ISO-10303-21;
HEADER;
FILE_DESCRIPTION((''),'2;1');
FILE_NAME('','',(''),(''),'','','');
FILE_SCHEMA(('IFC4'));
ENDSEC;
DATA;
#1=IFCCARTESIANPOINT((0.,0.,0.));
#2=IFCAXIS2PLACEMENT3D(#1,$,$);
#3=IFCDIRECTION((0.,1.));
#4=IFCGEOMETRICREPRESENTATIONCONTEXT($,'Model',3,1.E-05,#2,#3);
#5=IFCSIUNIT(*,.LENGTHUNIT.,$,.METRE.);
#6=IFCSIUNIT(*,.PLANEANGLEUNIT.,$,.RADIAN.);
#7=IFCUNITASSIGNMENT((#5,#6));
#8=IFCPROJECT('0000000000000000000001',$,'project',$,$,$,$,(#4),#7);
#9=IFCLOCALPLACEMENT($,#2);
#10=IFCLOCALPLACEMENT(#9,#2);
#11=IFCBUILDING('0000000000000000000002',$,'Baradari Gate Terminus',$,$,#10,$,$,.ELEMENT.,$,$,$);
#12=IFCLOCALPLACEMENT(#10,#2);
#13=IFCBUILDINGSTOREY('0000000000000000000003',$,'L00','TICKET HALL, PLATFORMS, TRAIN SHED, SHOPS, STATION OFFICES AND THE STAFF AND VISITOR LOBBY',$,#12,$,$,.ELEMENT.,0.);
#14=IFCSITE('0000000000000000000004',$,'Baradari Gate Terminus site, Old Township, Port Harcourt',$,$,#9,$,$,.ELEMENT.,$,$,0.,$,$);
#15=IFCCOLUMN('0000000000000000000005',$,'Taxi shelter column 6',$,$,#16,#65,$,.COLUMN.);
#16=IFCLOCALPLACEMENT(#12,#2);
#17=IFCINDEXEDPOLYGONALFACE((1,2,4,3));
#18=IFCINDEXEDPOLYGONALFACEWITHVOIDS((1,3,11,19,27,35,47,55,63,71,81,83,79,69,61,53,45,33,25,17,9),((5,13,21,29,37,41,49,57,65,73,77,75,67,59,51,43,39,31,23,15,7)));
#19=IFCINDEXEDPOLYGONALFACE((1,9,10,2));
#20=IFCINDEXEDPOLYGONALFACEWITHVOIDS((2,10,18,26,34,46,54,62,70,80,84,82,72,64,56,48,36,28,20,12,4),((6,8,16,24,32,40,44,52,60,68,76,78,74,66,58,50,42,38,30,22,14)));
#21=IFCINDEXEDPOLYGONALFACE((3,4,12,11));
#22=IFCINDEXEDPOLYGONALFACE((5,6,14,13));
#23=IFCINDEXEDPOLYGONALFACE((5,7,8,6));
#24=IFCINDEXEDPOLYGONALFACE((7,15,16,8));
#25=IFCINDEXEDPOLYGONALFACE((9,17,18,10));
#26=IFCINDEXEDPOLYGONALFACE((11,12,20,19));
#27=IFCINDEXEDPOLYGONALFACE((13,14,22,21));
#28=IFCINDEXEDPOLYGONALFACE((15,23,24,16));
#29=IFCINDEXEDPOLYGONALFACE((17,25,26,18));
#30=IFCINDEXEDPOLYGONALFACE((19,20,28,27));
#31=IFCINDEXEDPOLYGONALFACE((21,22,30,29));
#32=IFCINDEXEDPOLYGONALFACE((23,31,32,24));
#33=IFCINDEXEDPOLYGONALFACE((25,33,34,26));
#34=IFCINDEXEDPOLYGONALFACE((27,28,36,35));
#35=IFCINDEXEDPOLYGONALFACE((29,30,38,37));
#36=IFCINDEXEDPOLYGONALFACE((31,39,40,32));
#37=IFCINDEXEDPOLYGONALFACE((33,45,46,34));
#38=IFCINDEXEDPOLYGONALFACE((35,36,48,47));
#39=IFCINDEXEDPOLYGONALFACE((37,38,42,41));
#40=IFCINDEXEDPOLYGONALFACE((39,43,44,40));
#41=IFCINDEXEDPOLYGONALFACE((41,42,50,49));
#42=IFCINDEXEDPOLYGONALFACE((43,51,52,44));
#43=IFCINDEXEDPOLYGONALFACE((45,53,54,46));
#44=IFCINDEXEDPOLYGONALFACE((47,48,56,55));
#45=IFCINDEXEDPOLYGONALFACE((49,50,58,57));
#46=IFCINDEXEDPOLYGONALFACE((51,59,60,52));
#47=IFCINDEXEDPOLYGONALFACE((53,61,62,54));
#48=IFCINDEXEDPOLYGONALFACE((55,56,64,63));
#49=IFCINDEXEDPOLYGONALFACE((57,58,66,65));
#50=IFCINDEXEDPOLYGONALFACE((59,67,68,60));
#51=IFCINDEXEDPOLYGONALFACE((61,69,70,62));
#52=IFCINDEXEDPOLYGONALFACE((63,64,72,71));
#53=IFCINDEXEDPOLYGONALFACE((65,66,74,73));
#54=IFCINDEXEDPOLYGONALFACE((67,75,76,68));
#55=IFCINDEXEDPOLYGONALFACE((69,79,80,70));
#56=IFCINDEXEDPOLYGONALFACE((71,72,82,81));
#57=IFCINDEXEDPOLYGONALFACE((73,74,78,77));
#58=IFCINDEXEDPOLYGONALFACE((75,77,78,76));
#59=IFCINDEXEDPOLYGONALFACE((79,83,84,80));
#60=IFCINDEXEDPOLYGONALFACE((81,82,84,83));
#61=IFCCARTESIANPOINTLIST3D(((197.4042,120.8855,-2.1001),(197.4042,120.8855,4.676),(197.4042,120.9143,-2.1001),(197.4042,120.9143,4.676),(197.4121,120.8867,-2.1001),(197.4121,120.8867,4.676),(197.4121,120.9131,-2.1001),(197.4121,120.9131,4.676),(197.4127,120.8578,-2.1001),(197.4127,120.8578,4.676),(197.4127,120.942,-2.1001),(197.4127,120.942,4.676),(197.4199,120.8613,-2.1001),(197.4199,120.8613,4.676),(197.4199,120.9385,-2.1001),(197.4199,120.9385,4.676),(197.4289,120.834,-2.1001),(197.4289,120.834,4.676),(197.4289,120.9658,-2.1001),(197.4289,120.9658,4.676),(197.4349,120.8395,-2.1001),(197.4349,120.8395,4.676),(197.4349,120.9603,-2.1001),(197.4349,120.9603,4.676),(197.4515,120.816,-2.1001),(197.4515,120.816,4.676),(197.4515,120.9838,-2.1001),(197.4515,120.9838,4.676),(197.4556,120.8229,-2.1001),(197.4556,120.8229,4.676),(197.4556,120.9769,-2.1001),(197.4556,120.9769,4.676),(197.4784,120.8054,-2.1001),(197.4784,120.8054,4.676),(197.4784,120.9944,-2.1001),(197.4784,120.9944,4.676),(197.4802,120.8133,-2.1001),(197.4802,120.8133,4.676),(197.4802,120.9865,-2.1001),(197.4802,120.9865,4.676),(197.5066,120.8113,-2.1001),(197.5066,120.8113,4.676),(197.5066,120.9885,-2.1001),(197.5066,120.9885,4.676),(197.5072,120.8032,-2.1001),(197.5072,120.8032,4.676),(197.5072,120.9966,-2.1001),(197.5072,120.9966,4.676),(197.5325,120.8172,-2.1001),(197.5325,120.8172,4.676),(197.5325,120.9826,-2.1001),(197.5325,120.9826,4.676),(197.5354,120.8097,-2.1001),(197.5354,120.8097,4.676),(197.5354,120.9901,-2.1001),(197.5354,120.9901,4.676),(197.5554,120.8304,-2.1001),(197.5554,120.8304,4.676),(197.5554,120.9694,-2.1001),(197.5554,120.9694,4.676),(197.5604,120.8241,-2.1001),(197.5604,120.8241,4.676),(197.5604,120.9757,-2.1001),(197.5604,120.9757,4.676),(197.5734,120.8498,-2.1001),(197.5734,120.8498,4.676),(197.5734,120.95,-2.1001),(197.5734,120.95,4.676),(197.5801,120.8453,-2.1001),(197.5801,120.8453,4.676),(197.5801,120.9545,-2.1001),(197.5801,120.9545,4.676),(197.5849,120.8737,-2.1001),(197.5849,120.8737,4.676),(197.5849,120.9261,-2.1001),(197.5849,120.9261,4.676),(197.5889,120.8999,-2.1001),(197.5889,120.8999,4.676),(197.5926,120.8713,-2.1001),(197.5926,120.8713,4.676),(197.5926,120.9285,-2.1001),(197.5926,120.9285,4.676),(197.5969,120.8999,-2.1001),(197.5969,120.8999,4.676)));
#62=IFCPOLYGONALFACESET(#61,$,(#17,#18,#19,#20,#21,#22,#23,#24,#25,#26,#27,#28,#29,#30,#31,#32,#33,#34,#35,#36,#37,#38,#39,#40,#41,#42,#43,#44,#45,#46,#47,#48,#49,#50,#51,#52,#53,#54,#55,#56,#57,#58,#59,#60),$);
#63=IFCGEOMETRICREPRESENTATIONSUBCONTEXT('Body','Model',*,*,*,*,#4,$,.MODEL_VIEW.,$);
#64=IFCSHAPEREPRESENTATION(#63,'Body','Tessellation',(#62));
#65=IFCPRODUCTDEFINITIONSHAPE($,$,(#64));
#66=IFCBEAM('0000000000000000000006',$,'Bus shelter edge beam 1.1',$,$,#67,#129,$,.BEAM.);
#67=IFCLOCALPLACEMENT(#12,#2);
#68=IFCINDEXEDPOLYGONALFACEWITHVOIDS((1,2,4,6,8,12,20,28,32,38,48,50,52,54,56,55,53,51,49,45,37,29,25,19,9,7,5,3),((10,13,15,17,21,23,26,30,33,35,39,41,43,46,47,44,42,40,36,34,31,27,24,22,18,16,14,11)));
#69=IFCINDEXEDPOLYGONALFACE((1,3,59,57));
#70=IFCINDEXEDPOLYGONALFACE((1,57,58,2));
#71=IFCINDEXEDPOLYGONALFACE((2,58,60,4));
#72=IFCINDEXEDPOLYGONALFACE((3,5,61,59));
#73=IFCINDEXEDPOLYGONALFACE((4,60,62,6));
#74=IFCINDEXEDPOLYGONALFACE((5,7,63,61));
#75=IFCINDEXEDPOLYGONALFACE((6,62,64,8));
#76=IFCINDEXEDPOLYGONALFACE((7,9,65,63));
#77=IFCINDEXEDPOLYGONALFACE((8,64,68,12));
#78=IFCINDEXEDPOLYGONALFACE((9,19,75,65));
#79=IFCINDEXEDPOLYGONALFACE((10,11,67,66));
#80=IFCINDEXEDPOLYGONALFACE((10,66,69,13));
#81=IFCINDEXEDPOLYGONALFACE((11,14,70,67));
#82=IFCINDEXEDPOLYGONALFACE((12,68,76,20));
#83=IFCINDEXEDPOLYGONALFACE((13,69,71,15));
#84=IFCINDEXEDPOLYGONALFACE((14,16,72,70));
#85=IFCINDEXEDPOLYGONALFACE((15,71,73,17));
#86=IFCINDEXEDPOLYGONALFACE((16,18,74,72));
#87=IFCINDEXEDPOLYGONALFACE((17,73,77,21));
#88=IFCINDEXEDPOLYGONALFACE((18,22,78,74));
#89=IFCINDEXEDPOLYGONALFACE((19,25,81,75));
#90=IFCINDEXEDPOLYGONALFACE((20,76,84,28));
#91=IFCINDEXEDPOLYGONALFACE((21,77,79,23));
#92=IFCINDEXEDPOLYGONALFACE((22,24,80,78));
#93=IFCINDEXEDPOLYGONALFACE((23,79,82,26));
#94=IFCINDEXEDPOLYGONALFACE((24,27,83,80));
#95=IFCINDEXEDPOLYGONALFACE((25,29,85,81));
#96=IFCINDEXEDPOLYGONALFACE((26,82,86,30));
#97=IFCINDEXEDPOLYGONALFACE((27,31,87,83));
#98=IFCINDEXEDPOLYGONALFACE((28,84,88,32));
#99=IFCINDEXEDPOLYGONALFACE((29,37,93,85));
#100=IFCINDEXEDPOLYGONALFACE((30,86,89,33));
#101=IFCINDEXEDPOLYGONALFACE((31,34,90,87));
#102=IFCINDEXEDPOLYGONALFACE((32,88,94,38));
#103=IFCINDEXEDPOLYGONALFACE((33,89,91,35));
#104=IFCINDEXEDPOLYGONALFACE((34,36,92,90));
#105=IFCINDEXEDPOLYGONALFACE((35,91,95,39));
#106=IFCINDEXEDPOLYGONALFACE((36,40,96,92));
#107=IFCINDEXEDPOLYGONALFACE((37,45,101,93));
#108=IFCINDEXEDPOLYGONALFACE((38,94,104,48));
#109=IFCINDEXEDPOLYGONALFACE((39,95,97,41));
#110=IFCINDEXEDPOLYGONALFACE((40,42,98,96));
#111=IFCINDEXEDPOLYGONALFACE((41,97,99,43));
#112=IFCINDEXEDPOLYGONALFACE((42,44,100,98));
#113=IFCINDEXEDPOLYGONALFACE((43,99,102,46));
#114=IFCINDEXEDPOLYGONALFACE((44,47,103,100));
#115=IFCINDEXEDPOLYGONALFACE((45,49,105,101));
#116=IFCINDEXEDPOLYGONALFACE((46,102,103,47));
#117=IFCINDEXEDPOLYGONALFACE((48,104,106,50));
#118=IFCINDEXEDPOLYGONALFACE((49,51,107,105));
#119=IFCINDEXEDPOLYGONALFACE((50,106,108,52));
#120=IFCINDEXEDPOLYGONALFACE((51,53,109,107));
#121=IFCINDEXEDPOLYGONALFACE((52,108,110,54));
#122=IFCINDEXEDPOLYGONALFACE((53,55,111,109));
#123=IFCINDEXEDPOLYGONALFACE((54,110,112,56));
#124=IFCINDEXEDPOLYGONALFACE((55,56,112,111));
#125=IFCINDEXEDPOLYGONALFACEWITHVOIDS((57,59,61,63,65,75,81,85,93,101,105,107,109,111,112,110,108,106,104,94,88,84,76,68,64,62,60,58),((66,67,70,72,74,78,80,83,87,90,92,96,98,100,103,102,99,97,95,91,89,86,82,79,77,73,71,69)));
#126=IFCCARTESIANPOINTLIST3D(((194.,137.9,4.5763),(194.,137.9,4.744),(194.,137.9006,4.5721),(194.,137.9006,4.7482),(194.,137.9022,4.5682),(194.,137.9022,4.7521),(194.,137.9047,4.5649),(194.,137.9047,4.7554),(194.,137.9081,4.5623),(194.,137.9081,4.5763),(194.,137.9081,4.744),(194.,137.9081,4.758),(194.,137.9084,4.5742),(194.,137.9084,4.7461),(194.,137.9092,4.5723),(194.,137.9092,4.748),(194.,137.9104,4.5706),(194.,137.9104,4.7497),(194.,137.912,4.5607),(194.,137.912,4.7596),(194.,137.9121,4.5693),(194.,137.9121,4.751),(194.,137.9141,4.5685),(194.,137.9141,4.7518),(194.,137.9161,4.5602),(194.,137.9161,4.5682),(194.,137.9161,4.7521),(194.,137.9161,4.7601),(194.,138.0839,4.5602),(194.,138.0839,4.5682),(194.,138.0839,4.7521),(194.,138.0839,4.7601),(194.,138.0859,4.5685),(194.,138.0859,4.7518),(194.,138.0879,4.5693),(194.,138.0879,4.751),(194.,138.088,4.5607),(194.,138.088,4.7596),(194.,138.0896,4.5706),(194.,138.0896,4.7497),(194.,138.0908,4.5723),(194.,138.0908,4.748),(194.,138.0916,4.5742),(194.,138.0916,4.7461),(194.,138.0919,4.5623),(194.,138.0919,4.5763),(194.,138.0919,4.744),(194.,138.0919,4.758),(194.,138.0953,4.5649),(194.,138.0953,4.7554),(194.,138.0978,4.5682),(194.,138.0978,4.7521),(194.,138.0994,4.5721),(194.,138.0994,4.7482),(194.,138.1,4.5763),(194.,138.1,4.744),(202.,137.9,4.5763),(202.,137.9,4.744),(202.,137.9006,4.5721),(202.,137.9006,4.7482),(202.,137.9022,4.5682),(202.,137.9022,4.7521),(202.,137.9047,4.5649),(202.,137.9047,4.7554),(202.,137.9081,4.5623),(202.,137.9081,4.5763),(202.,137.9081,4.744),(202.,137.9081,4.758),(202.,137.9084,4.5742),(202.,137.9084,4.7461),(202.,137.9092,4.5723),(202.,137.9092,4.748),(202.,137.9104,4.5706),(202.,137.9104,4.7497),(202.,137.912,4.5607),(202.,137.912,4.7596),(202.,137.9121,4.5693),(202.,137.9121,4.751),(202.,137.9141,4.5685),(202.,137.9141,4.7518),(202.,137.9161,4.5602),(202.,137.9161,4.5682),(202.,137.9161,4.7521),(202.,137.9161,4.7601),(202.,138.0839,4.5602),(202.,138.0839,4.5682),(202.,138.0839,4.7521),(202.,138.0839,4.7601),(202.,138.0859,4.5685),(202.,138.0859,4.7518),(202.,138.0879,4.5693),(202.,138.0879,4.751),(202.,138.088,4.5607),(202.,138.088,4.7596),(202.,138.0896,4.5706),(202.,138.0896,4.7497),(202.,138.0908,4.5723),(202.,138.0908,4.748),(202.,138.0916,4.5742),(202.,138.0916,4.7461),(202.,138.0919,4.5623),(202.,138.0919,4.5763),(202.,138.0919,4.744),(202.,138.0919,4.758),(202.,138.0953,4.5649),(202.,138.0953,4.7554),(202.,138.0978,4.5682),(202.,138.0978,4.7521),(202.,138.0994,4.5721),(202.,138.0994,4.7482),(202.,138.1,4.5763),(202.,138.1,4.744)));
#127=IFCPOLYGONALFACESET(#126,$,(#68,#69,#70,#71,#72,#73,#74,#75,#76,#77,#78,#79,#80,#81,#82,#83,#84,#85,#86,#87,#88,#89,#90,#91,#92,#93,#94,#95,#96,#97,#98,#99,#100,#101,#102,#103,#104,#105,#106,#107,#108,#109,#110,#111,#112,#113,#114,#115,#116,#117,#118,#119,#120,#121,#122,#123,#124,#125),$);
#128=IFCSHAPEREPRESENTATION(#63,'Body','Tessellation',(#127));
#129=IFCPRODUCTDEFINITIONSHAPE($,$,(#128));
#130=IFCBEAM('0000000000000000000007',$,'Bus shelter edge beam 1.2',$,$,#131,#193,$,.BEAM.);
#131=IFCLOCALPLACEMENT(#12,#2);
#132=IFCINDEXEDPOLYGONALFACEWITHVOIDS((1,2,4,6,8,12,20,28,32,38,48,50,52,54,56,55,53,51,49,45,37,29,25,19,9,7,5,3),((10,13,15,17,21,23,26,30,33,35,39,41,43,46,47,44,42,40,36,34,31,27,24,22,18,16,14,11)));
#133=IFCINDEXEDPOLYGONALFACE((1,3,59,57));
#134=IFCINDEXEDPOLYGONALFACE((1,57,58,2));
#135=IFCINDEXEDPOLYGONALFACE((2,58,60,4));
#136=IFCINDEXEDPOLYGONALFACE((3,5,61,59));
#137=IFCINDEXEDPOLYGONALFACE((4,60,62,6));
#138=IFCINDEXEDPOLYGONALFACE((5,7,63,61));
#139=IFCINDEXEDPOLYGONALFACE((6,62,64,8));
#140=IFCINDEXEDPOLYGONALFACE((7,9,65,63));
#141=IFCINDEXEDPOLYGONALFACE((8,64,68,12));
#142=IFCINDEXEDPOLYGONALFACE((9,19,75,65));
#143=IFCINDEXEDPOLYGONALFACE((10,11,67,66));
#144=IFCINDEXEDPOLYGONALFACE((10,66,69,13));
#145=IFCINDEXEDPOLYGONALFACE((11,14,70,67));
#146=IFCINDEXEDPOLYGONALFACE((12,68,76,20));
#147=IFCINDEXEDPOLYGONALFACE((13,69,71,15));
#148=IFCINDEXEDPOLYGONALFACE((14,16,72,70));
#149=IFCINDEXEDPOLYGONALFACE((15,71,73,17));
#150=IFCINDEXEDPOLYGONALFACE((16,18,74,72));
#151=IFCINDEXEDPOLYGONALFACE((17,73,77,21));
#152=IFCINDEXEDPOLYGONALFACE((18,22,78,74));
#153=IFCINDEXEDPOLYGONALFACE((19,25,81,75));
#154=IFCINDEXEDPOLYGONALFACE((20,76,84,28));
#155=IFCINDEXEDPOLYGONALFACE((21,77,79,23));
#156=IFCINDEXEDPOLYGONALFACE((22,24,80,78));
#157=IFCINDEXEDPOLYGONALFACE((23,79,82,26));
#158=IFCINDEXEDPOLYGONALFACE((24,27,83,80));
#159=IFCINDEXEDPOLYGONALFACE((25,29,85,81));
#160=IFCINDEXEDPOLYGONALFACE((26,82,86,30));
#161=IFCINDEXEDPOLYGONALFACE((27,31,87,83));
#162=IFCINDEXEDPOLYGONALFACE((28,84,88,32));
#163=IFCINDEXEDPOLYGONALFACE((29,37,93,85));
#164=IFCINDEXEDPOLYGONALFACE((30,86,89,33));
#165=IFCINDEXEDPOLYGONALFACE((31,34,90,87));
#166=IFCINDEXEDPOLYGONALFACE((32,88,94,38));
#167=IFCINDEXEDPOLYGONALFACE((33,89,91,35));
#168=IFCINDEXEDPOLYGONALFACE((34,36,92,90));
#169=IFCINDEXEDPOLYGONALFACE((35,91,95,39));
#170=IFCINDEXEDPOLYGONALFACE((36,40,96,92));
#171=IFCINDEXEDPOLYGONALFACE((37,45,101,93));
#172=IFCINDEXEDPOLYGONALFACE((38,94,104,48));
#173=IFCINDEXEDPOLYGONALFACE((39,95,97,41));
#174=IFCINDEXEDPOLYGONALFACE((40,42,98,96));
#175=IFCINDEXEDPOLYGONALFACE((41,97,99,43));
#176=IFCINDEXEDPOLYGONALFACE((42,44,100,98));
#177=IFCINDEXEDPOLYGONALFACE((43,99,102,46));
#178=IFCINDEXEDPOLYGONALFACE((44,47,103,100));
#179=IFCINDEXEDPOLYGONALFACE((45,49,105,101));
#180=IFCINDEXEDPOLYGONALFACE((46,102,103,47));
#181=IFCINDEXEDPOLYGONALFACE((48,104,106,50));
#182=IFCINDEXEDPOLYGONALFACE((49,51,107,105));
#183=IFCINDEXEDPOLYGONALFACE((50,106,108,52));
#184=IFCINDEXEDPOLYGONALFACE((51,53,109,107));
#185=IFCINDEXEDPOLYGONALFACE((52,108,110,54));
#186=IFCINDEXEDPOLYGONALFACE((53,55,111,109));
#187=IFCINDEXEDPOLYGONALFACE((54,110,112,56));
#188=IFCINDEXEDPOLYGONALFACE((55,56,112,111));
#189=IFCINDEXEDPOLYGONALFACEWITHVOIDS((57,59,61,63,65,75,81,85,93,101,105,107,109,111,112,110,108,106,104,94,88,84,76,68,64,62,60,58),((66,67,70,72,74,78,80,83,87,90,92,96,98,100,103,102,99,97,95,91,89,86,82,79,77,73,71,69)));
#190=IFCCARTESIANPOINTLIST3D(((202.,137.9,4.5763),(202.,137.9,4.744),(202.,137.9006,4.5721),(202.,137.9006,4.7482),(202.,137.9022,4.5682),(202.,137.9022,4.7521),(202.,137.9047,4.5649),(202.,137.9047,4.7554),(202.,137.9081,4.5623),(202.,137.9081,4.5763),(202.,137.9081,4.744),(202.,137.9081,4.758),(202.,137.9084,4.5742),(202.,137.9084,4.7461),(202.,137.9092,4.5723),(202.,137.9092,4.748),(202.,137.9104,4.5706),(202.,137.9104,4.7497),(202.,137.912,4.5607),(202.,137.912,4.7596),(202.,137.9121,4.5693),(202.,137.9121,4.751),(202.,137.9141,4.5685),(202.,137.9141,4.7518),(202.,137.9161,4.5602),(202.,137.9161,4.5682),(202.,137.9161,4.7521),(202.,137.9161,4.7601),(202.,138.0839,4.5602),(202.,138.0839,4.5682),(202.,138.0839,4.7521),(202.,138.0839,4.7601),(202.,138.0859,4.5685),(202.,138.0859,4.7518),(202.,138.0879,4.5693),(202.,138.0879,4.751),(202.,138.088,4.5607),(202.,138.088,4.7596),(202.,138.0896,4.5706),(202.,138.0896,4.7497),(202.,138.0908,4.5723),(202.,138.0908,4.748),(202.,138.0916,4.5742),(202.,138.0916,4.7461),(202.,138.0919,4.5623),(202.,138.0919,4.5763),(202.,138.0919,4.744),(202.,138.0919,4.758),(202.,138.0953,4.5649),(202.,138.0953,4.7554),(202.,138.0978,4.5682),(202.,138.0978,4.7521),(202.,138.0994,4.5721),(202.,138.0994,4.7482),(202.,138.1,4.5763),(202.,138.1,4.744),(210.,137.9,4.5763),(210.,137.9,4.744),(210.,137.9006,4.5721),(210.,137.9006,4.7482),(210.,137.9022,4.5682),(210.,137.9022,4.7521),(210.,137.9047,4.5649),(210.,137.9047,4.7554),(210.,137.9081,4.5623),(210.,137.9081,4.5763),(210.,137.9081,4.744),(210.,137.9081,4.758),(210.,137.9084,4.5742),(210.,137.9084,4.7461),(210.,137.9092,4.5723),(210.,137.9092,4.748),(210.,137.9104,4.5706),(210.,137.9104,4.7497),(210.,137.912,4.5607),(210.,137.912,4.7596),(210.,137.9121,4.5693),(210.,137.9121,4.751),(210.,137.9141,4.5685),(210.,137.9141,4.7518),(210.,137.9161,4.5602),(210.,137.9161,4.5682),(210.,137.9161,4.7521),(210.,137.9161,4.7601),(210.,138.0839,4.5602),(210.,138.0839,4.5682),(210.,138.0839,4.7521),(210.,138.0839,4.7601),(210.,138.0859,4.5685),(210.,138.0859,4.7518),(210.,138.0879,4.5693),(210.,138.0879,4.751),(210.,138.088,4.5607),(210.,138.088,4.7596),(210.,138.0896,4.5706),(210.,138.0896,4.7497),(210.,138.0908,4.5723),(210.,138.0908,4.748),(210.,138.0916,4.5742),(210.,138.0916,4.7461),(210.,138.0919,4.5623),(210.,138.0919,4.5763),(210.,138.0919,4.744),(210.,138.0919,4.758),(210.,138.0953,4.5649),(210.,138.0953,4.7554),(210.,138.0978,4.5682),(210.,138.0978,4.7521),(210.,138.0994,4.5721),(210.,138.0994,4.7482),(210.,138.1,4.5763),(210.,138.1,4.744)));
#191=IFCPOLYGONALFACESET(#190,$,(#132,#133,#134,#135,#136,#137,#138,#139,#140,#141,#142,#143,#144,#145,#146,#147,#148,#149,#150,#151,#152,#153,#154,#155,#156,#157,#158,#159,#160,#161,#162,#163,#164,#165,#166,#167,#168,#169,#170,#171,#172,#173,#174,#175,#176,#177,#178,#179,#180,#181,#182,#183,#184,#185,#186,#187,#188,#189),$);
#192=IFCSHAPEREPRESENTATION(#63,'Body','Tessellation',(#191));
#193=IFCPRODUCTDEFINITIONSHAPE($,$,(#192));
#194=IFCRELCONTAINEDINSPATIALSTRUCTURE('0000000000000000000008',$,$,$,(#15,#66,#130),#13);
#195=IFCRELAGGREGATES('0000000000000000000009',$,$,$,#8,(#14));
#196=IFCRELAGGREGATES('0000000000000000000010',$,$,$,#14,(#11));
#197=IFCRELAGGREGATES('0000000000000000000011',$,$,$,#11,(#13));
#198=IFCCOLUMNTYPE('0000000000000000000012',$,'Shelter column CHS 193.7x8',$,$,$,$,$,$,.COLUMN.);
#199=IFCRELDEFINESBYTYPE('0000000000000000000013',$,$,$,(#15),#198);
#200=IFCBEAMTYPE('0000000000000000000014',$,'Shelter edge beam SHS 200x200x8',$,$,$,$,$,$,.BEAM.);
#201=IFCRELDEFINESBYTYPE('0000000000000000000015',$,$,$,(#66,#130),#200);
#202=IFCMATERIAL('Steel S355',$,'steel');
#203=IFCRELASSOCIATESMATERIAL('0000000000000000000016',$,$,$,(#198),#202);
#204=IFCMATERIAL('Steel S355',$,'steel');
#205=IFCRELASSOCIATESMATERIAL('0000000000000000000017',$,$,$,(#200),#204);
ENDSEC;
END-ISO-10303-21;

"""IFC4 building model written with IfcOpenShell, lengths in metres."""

from ifc_helpers import new_model, si_unit, direction, frame, origin, origin_2d, place, context, subcontext, project, spatial, hollow_rectangle, hollow_circle, extrude, material, material_profile, profile_set, type_object, element, save


model = new_model("IFC4")

# Units and contexts
model_context = context("Model", 3, precision=1e-05, world=origin(), true_north=direction((0.0, 1.0)))
body_context = subcontext(model_context, "Body", "Model", "MODEL_VIEW")
ifc_project = project(units=[si_unit("LENGTHUNIT", "METRE"), si_unit("PLANEANGLEUNIT", "RADIAN")], contexts=[model_context])

# Site, building, storey
site_placement = place(None, origin())
site = spatial("IfcSite", under=ifc_project, at=site_placement, Name="Baradari Gate Terminus site, Old Township, Port Harcourt", CompositionType="ELEMENT", RefElevation=0.0)
building_placement = place(site_placement, origin())
building = spatial("IfcBuilding", under=site, at=building_placement, Name="Baradari Gate Terminus", CompositionType="ELEMENT")
storey_placement = place(building_placement, origin())
storey = spatial("IfcBuildingStorey", under=building, at=storey_placement, Name="L00", Description="TICKET HALL, PLATFORMS, TRAIN SHED, SHOPS, STATION OFFICES AND THE STAFF AND VISITOR LOBBY", CompositionType="ELEMENT", Elevation=0.0)

# Column
ifc_material_1 = material(Name="Steel S355", Category="steel")
ifc_material_profile_1 = material_profile(ifc_material_1, hollow_circle(Radius=0.0969, WallThickness=0.0081, at=origin_2d()), Name="CHS 193.7x8")
ifc_profile_set_1 = profile_set([ifc_material_profile_1], Name="Steel S355")
column_type = type_object("IfcColumnType", Name="Shelter column CHS 193.7x8", PredefinedType="COLUMN", material=ifc_profile_set_1)
column_placement = place(storey_placement, frame((197.5, 120.8999, -2.1001), z_axis=(0.0, 0.0, 1.0), x_axis=(1.0, 0.0, 0.0)))
element("IfcColumn", 1, at=column_placement, inside=storey, type_object=column_type, Name="Taxi shelter column 6", PredefinedType="COLUMN", context=body_context, shape_type="SweptSolid", body=[
    extrude(hollow_circle(Radius=0.0969, WallThickness=0.0081, at=origin_2d()), origin(), (0.0, 0.0, 1.0), 6.7761),
])

# Beams
ifc_material_2 = material(Name="Steel S355", Category="steel")
ifc_material_profile_2 = material_profile(ifc_material_2, hollow_rectangle(XDim=0.2, YDim=0.2, WallThickness=0.0081, InnerFilletRadius=0.0081, OuterFilletRadius=0.0161, at=origin_2d()), Name="SHS 200x200x8")
ifc_profile_set_2 = profile_set([ifc_material_profile_2], Name="Steel S355")
beam_type = type_object("IfcBeamType", Name="Shelter edge beam SHS 200x200x8", PredefinedType="BEAM", material=ifc_profile_set_2)
for number, where, z_axis, x_axis, name in (
    (2, (194.0, 138.0, 4.6602), (1.0, 0.0, 0.0), (0.0, 1.0, 0.0), "Bus shelter edge beam 1.1"),
    (3, (202.0, 138.0, 4.6602), (1.0, 0.0, 0.0), (0.0, 1.0, 0.0), "Bus shelter edge beam 1.2"),
):
    element("IfcBeam", number, at=place(storey_placement, frame(where, z_axis=z_axis, x_axis=x_axis)), inside=storey, type_object=beam_type, Name=name, PredefinedType="BEAM", context=body_context, shape_type="SweptSolid", body=[
        extrude(hollow_rectangle(XDim=0.2, YDim=0.2, WallThickness=0.0081, InnerFilletRadius=0.0081, OuterFilletRadius=0.0161, at=origin_2d()), origin(), (0.0, 0.0, 1.0), 8.0),
    ])

save(model, "model.ifc")
